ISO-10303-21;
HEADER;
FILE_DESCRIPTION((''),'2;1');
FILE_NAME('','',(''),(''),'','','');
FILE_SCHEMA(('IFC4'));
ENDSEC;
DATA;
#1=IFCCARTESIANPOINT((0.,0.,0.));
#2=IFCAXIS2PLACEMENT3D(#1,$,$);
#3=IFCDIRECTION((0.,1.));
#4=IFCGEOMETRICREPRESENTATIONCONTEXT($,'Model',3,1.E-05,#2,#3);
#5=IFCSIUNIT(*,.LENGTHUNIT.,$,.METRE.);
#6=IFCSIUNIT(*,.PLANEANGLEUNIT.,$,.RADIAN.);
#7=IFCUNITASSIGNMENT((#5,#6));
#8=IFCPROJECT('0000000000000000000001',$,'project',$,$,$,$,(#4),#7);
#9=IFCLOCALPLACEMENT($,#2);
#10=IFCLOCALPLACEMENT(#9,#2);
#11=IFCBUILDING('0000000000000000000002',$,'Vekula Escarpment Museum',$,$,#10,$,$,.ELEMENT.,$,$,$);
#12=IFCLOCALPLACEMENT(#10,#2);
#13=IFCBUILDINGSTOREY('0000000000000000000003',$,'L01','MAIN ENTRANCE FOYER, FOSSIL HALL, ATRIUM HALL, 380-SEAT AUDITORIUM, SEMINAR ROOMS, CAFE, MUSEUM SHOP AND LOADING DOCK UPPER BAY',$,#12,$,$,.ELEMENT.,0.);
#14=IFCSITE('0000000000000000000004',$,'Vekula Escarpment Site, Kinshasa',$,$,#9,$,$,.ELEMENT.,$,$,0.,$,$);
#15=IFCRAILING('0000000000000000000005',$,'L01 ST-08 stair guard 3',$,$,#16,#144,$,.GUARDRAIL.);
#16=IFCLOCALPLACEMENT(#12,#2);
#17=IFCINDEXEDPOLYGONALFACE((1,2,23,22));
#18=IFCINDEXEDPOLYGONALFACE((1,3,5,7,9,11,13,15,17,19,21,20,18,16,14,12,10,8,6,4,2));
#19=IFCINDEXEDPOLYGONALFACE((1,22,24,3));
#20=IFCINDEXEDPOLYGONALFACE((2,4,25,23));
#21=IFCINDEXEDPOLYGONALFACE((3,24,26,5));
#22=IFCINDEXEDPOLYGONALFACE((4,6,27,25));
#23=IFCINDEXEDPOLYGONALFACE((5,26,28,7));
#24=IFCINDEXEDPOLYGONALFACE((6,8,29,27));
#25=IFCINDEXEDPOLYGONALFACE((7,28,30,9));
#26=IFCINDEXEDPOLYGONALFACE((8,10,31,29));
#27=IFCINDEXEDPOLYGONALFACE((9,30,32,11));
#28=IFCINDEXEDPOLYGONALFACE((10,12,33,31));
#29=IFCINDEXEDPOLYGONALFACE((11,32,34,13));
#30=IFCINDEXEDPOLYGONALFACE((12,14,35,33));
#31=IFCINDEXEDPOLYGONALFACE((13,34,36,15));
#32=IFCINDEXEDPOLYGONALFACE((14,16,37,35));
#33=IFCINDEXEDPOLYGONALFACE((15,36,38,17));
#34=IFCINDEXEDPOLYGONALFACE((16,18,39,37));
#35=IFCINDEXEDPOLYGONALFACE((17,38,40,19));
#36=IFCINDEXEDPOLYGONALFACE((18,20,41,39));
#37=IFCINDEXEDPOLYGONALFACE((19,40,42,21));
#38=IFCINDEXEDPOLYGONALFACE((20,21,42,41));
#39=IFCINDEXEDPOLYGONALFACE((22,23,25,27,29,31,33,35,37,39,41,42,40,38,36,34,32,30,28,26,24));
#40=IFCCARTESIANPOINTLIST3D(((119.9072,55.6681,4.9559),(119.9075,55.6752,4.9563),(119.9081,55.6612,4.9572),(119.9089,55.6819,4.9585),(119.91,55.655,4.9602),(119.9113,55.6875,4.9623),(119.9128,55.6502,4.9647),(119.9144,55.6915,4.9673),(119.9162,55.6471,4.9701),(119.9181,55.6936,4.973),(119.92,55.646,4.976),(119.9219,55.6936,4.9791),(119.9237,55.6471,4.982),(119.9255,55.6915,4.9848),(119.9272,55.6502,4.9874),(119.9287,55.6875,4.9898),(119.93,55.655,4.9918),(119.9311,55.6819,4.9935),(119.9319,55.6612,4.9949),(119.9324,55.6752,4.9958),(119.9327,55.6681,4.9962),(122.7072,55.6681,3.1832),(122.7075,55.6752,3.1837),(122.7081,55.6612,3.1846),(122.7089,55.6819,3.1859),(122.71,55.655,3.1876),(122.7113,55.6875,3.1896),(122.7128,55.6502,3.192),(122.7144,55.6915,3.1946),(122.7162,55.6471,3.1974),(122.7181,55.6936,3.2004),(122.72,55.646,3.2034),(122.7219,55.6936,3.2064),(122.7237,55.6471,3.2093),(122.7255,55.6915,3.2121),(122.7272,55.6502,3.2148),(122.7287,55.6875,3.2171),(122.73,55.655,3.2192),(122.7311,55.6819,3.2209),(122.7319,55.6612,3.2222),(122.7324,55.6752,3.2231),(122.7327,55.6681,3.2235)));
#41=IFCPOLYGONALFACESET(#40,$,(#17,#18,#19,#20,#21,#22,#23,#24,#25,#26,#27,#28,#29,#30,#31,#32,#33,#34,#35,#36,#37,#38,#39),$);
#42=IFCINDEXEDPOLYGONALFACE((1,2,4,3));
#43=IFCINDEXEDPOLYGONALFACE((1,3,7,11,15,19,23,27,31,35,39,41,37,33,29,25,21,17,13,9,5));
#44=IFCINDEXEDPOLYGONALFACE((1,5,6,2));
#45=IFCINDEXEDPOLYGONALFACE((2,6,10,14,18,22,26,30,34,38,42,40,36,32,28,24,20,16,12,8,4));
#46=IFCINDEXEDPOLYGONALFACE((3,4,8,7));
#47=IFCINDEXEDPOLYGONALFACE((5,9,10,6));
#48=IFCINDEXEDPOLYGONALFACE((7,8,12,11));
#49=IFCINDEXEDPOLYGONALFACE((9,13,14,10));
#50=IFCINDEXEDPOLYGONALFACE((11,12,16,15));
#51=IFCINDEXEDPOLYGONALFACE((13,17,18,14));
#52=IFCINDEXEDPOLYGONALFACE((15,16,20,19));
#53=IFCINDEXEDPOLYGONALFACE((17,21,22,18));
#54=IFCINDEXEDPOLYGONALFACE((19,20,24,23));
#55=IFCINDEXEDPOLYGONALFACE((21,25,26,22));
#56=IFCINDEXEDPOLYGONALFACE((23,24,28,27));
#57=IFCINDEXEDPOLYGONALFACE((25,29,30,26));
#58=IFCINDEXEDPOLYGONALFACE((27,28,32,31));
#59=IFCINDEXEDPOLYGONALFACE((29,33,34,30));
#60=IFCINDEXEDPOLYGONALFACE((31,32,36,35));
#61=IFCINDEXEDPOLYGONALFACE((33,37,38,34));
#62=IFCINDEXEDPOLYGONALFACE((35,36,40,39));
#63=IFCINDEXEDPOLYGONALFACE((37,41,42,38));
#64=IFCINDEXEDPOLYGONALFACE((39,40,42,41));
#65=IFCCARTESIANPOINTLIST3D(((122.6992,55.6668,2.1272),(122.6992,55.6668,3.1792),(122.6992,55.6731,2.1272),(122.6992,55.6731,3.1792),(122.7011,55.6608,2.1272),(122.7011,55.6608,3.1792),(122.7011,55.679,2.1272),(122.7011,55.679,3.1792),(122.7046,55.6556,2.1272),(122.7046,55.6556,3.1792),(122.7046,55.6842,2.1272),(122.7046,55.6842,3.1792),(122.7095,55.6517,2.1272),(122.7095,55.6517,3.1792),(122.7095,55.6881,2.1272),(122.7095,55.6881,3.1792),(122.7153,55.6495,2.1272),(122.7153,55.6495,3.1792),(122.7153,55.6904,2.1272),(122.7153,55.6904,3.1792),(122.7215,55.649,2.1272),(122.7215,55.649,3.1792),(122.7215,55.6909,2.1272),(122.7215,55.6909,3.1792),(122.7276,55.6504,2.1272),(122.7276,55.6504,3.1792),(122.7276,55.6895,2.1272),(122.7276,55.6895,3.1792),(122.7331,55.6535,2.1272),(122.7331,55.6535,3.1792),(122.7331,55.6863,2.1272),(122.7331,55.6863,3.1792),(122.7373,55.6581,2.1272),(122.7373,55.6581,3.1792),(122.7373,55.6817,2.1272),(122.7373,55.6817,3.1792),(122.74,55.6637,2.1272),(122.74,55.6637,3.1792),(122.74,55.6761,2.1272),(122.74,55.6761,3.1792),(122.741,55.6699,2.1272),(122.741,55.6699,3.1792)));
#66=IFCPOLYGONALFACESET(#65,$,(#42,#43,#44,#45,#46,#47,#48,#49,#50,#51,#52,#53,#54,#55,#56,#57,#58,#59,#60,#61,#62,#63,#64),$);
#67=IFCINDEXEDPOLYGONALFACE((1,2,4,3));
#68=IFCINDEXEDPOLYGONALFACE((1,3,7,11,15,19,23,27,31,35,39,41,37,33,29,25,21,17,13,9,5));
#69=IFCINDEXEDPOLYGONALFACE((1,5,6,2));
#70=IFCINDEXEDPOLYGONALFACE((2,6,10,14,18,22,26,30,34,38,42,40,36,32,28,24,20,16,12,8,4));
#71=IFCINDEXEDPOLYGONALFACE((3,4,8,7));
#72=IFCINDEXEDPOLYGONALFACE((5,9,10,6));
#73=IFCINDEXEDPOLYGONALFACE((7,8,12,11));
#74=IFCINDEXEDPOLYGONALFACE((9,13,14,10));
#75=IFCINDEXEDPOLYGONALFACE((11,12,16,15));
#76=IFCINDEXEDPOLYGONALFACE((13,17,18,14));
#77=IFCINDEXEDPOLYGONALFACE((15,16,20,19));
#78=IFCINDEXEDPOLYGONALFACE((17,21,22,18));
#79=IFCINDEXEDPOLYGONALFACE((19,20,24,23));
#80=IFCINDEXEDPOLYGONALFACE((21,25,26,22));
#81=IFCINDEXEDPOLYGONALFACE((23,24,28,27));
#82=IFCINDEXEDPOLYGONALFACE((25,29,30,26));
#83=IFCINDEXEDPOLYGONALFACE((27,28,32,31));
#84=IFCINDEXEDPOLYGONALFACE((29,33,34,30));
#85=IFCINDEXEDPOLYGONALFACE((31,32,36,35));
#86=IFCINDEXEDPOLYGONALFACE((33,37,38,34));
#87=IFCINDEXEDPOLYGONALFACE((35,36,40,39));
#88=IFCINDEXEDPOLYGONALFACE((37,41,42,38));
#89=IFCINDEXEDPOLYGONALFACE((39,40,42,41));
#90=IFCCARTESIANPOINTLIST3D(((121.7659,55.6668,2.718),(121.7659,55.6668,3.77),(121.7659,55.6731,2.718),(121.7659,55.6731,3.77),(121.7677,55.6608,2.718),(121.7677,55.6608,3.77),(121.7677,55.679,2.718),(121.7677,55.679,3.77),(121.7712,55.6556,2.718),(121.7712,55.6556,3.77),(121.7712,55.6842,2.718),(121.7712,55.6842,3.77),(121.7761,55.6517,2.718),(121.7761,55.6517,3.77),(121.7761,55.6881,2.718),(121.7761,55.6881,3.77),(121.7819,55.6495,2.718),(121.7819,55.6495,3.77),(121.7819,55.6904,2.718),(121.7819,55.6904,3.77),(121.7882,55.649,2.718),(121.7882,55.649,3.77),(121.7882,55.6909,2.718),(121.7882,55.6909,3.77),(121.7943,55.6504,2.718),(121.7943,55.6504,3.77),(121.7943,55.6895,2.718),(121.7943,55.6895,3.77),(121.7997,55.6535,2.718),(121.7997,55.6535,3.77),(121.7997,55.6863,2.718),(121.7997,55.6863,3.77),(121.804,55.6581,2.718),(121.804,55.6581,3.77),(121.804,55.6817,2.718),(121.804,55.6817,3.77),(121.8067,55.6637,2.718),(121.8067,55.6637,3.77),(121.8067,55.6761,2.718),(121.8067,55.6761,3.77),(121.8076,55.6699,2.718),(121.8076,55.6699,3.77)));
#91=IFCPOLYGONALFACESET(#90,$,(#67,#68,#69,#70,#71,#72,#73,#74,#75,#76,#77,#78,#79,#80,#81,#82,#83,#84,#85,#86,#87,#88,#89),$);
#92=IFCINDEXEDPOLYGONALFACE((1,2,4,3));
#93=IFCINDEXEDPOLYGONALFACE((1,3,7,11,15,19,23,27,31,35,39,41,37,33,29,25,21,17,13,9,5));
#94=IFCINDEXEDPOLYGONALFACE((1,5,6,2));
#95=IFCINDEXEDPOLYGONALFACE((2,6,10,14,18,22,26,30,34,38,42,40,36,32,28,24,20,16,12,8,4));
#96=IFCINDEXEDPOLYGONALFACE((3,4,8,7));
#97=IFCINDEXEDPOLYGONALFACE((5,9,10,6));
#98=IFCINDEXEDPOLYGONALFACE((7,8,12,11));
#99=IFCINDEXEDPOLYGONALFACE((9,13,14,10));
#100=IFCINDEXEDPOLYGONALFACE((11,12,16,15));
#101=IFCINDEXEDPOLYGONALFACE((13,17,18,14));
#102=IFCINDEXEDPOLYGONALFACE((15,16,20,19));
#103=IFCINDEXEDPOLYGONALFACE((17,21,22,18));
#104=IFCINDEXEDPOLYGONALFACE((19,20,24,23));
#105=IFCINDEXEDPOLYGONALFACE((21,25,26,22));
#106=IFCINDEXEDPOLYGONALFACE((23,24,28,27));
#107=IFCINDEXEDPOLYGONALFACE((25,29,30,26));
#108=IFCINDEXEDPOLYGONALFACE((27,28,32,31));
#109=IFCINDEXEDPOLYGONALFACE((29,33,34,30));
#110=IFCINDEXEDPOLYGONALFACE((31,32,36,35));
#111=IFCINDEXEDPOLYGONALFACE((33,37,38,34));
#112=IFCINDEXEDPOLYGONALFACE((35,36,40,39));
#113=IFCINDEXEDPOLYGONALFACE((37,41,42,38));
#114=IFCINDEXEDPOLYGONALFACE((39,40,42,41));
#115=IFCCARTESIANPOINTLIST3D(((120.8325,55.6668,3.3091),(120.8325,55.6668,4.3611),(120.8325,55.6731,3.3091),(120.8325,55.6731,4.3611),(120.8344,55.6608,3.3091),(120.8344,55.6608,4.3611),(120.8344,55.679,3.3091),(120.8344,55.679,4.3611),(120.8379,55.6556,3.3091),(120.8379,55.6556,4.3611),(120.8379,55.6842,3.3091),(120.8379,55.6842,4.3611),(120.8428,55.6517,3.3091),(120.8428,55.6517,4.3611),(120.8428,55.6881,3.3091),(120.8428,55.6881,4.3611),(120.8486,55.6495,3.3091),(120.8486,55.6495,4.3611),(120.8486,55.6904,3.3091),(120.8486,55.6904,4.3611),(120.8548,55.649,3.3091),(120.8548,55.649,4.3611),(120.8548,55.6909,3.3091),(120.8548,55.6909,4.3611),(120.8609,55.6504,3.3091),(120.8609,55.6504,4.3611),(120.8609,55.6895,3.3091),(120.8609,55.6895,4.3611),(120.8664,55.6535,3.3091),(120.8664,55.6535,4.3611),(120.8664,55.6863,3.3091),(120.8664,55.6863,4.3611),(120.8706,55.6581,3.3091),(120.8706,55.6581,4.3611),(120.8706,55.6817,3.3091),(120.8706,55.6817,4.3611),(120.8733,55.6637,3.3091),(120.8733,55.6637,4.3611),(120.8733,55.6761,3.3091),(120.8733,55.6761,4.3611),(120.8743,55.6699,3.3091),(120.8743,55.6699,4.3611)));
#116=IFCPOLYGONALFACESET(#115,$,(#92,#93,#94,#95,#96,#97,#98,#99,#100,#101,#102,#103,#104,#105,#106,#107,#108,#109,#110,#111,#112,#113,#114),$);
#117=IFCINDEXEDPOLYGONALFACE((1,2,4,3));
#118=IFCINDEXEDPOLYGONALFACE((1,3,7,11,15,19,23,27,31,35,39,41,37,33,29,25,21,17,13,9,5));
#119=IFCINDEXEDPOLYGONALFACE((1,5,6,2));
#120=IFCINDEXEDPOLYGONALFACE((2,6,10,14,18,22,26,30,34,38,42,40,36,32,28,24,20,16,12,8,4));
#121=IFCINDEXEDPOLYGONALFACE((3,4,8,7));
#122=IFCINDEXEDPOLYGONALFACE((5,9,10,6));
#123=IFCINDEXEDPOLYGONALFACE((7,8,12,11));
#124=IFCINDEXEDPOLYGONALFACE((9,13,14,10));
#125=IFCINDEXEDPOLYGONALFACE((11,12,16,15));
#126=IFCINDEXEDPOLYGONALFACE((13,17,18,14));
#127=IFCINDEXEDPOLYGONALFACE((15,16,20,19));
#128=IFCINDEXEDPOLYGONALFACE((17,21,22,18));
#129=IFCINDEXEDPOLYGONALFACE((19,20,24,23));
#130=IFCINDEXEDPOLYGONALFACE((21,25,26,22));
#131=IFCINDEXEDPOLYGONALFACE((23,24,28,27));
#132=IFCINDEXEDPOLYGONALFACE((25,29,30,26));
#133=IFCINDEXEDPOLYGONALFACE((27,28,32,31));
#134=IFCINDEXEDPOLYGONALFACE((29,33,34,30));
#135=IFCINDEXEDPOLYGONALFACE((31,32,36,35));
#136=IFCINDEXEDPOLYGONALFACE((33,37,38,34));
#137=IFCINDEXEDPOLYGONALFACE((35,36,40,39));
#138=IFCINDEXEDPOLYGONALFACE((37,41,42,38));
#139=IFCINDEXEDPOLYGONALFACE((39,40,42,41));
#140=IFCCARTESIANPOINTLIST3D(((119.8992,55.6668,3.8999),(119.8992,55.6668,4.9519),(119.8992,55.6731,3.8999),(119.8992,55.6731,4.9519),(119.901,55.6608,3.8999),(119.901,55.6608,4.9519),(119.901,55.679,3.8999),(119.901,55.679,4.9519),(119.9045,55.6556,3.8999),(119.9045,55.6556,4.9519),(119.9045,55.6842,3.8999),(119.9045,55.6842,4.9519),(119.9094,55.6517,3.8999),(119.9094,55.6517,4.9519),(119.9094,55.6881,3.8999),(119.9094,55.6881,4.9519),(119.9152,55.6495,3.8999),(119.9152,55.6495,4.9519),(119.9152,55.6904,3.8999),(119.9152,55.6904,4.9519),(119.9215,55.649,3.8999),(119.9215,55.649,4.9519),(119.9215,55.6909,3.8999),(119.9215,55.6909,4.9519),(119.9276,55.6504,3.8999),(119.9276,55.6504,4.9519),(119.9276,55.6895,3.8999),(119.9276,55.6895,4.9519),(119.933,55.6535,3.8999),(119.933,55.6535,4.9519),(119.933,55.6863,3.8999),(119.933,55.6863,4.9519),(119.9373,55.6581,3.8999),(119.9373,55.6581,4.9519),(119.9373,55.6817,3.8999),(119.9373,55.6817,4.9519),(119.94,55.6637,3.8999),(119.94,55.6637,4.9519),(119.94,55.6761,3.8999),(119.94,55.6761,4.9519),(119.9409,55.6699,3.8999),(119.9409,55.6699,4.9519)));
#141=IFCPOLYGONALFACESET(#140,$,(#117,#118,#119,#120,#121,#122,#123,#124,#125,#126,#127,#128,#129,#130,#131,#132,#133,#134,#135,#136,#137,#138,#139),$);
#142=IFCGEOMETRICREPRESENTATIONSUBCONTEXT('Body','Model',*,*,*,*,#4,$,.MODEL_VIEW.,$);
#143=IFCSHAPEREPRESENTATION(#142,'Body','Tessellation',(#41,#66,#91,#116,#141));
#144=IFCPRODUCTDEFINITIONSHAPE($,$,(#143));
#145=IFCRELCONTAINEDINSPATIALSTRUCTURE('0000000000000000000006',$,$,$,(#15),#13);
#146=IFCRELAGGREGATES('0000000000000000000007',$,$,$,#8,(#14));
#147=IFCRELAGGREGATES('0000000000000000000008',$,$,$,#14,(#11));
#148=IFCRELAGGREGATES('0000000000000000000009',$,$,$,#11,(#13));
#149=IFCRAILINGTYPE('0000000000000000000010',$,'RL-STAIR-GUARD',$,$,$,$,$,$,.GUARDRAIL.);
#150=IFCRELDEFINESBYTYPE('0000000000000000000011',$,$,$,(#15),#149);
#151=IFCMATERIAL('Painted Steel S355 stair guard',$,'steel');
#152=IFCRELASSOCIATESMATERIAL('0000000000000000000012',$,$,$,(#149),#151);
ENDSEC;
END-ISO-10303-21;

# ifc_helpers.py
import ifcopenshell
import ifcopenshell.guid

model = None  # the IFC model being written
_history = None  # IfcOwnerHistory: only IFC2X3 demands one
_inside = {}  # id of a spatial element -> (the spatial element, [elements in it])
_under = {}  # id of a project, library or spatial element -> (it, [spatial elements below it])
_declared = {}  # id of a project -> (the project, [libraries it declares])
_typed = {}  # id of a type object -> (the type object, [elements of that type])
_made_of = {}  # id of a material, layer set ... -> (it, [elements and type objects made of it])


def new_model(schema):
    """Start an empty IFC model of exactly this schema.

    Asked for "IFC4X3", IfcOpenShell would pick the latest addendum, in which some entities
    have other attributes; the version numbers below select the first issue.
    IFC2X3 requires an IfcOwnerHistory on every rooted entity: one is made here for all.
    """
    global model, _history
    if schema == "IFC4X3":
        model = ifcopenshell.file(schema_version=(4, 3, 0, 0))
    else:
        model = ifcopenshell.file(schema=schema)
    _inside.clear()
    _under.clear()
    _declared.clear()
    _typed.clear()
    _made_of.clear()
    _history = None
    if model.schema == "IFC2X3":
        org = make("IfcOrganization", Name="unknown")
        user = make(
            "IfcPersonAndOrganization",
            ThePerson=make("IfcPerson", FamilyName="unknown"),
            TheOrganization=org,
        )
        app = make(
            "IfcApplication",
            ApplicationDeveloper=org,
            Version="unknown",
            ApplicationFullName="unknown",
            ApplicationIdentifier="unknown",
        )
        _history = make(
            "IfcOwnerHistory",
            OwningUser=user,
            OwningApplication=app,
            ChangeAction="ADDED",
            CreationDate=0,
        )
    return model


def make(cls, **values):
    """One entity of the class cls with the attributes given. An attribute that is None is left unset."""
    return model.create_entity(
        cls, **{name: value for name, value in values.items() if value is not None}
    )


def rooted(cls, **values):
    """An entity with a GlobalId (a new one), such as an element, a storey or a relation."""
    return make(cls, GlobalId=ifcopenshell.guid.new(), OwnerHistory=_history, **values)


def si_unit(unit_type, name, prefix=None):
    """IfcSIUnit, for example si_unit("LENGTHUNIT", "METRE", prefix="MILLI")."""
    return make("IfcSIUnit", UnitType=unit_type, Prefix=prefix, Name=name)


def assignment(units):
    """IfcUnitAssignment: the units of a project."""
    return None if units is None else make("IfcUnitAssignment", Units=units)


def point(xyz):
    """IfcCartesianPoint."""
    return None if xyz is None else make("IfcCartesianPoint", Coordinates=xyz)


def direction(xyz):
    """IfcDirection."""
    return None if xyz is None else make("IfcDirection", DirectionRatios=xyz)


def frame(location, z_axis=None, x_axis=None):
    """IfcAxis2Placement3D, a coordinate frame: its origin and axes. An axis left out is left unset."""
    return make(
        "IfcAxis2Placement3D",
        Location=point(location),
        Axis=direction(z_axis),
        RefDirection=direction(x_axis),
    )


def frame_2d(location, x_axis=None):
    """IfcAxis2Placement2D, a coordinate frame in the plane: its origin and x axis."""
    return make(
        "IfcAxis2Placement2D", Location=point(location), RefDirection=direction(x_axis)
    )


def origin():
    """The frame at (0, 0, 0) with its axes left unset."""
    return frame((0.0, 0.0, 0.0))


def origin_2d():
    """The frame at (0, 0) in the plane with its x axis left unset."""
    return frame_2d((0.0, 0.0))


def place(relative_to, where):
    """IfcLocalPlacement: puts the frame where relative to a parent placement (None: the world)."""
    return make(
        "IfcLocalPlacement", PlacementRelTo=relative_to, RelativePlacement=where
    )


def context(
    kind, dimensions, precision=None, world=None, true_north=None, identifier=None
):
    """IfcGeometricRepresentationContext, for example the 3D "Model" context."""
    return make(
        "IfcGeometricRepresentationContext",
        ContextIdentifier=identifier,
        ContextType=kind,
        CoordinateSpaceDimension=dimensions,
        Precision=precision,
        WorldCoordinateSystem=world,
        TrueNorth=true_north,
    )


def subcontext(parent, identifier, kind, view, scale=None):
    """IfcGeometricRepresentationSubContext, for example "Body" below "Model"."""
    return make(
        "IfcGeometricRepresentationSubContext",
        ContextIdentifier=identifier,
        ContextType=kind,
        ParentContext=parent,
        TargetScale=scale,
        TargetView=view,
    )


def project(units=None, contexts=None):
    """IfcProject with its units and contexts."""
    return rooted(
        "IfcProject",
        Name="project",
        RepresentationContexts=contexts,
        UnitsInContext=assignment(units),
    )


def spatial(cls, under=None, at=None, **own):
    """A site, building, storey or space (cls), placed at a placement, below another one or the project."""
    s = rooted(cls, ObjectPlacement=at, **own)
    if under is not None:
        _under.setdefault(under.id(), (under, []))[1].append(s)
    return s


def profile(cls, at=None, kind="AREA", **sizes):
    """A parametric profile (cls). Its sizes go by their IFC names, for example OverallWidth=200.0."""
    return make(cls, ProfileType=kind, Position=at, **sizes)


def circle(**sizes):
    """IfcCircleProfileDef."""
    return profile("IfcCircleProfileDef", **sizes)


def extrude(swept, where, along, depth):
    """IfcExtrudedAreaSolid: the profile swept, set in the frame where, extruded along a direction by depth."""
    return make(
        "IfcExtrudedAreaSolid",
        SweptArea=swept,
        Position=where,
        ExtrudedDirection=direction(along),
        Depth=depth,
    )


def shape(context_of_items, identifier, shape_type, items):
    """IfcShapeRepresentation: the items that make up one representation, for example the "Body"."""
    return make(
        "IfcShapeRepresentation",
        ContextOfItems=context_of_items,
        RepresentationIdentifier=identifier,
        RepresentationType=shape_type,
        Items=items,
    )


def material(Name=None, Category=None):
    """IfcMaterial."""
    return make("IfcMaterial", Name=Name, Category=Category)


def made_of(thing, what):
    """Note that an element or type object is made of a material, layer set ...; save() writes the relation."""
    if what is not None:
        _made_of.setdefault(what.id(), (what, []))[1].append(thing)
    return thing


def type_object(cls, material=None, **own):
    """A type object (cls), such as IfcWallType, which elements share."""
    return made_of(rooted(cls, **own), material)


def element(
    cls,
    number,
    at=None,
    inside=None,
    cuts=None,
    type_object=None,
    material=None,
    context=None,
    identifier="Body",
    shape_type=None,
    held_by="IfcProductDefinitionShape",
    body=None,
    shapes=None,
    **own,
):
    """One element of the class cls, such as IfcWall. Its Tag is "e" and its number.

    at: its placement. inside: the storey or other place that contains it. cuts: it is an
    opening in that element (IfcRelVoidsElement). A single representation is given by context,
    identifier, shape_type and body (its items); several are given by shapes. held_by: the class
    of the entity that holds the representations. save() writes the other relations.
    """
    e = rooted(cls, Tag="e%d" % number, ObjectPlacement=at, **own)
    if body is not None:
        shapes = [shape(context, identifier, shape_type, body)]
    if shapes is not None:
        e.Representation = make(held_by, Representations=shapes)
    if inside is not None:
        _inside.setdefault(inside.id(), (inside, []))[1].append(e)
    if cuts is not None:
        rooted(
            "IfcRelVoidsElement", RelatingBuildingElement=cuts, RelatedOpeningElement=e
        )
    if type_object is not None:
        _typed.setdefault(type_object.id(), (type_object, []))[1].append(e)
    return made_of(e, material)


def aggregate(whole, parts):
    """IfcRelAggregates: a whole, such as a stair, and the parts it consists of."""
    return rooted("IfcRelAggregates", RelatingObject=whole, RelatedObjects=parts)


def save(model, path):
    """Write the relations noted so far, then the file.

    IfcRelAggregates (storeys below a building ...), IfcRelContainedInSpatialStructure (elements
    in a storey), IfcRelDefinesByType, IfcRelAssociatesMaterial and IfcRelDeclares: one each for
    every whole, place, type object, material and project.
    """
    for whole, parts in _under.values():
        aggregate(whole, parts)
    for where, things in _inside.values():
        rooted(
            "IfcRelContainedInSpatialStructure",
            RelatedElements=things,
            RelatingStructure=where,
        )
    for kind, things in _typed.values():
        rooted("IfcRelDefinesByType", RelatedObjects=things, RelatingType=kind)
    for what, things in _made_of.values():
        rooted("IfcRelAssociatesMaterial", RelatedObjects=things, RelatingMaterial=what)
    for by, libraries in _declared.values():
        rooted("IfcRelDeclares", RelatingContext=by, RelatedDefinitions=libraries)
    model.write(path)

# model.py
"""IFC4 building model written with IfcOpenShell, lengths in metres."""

from ifc_helpers import new_model, si_unit, direction, frame, origin, origin_2d, place, context, subcontext, project, spatial, circle, extrude, material, type_object, element, save


model = new_model("IFC4")

# Units and contexts
model_context = context("Model", 3, precision=1e-05, world=origin(), true_north=direction((0.0, 1.0)))
body_context = subcontext(model_context, "Body", "Model", "MODEL_VIEW")
ifc_project = project(units=[si_unit("LENGTHUNIT", "METRE"), si_unit("PLANEANGLEUNIT", "RADIAN")], contexts=[model_context])

# Site, building, storey
site_placement = place(None, origin())
site = spatial("IfcSite", under=ifc_project, at=site_placement, Name="Vekula Escarpment Site, Kinshasa", CompositionType="ELEMENT", RefElevation=0.0)
building_placement = place(site_placement, origin())
building = spatial("IfcBuilding", under=site, at=building_placement, Name="Vekula Escarpment Museum", CompositionType="ELEMENT")
storey_placement = place(building_placement, origin())
storey = spatial("IfcBuildingStorey", under=building, at=storey_placement, Name="L01", Description="MAIN ENTRANCE FOYER, FOSSIL HALL, ATRIUM HALL, 380-SEAT AUDITORIUM, SEMINAR ROOMS, CAFE, MUSEUM SHOP AND LOADING DOCK UPPER BAY", CompositionType="ELEMENT", Elevation=0.0)

# Railing
ifc_material_1 = material(Name="Painted Steel S355 stair guard", Category="steel")
railing_type_1 = type_object("IfcRailingType", Name="RL-STAIR-GUARD", PredefinedType="GUARDRAIL", material=ifc_material_1)
railing_1_placement = place(storey_placement, frame((122.72, 55.6699, 2.1272)))
element("IfcRailing", 1, at=railing_1_placement, inside=storey, type_object=railing_type_1, Name="L01 ST-08 stair guard 3", PredefinedType="GUARDRAIL", context=body_context, shape_type="SweptSolid", body=[
    extrude(circle(Radius=0.0239, at=origin_2d()), frame((0.0, 0.0, 1.0762), z_axis=(-0.844909, 0.0, 0.53491), x_axis=(0.0, -1.0, 0.0)), (0.0, 0.0, 1.0), 3.314),
    extrude(circle(Radius=0.021, at=origin_2d()), origin(), (0.0, 0.0, 1.0), 1.052),
    extrude(circle(Radius=0.021, at=origin_2d()), frame((-0.9333, 0.0, 0.5908)), (0.0, 0.0, 1.0), 1.052),
    extrude(circle(Radius=0.021, at=origin_2d()), frame((-1.8667, 0.0, 1.1819)), (0.0, 0.0, 1.0), 1.052),
    extrude(circle(Radius=0.021, at=origin_2d()), frame((-2.8, 0.0, 1.7727)), (0.0, 0.0, 1.0), 1.052),
])

save(model, "model.ifc")
